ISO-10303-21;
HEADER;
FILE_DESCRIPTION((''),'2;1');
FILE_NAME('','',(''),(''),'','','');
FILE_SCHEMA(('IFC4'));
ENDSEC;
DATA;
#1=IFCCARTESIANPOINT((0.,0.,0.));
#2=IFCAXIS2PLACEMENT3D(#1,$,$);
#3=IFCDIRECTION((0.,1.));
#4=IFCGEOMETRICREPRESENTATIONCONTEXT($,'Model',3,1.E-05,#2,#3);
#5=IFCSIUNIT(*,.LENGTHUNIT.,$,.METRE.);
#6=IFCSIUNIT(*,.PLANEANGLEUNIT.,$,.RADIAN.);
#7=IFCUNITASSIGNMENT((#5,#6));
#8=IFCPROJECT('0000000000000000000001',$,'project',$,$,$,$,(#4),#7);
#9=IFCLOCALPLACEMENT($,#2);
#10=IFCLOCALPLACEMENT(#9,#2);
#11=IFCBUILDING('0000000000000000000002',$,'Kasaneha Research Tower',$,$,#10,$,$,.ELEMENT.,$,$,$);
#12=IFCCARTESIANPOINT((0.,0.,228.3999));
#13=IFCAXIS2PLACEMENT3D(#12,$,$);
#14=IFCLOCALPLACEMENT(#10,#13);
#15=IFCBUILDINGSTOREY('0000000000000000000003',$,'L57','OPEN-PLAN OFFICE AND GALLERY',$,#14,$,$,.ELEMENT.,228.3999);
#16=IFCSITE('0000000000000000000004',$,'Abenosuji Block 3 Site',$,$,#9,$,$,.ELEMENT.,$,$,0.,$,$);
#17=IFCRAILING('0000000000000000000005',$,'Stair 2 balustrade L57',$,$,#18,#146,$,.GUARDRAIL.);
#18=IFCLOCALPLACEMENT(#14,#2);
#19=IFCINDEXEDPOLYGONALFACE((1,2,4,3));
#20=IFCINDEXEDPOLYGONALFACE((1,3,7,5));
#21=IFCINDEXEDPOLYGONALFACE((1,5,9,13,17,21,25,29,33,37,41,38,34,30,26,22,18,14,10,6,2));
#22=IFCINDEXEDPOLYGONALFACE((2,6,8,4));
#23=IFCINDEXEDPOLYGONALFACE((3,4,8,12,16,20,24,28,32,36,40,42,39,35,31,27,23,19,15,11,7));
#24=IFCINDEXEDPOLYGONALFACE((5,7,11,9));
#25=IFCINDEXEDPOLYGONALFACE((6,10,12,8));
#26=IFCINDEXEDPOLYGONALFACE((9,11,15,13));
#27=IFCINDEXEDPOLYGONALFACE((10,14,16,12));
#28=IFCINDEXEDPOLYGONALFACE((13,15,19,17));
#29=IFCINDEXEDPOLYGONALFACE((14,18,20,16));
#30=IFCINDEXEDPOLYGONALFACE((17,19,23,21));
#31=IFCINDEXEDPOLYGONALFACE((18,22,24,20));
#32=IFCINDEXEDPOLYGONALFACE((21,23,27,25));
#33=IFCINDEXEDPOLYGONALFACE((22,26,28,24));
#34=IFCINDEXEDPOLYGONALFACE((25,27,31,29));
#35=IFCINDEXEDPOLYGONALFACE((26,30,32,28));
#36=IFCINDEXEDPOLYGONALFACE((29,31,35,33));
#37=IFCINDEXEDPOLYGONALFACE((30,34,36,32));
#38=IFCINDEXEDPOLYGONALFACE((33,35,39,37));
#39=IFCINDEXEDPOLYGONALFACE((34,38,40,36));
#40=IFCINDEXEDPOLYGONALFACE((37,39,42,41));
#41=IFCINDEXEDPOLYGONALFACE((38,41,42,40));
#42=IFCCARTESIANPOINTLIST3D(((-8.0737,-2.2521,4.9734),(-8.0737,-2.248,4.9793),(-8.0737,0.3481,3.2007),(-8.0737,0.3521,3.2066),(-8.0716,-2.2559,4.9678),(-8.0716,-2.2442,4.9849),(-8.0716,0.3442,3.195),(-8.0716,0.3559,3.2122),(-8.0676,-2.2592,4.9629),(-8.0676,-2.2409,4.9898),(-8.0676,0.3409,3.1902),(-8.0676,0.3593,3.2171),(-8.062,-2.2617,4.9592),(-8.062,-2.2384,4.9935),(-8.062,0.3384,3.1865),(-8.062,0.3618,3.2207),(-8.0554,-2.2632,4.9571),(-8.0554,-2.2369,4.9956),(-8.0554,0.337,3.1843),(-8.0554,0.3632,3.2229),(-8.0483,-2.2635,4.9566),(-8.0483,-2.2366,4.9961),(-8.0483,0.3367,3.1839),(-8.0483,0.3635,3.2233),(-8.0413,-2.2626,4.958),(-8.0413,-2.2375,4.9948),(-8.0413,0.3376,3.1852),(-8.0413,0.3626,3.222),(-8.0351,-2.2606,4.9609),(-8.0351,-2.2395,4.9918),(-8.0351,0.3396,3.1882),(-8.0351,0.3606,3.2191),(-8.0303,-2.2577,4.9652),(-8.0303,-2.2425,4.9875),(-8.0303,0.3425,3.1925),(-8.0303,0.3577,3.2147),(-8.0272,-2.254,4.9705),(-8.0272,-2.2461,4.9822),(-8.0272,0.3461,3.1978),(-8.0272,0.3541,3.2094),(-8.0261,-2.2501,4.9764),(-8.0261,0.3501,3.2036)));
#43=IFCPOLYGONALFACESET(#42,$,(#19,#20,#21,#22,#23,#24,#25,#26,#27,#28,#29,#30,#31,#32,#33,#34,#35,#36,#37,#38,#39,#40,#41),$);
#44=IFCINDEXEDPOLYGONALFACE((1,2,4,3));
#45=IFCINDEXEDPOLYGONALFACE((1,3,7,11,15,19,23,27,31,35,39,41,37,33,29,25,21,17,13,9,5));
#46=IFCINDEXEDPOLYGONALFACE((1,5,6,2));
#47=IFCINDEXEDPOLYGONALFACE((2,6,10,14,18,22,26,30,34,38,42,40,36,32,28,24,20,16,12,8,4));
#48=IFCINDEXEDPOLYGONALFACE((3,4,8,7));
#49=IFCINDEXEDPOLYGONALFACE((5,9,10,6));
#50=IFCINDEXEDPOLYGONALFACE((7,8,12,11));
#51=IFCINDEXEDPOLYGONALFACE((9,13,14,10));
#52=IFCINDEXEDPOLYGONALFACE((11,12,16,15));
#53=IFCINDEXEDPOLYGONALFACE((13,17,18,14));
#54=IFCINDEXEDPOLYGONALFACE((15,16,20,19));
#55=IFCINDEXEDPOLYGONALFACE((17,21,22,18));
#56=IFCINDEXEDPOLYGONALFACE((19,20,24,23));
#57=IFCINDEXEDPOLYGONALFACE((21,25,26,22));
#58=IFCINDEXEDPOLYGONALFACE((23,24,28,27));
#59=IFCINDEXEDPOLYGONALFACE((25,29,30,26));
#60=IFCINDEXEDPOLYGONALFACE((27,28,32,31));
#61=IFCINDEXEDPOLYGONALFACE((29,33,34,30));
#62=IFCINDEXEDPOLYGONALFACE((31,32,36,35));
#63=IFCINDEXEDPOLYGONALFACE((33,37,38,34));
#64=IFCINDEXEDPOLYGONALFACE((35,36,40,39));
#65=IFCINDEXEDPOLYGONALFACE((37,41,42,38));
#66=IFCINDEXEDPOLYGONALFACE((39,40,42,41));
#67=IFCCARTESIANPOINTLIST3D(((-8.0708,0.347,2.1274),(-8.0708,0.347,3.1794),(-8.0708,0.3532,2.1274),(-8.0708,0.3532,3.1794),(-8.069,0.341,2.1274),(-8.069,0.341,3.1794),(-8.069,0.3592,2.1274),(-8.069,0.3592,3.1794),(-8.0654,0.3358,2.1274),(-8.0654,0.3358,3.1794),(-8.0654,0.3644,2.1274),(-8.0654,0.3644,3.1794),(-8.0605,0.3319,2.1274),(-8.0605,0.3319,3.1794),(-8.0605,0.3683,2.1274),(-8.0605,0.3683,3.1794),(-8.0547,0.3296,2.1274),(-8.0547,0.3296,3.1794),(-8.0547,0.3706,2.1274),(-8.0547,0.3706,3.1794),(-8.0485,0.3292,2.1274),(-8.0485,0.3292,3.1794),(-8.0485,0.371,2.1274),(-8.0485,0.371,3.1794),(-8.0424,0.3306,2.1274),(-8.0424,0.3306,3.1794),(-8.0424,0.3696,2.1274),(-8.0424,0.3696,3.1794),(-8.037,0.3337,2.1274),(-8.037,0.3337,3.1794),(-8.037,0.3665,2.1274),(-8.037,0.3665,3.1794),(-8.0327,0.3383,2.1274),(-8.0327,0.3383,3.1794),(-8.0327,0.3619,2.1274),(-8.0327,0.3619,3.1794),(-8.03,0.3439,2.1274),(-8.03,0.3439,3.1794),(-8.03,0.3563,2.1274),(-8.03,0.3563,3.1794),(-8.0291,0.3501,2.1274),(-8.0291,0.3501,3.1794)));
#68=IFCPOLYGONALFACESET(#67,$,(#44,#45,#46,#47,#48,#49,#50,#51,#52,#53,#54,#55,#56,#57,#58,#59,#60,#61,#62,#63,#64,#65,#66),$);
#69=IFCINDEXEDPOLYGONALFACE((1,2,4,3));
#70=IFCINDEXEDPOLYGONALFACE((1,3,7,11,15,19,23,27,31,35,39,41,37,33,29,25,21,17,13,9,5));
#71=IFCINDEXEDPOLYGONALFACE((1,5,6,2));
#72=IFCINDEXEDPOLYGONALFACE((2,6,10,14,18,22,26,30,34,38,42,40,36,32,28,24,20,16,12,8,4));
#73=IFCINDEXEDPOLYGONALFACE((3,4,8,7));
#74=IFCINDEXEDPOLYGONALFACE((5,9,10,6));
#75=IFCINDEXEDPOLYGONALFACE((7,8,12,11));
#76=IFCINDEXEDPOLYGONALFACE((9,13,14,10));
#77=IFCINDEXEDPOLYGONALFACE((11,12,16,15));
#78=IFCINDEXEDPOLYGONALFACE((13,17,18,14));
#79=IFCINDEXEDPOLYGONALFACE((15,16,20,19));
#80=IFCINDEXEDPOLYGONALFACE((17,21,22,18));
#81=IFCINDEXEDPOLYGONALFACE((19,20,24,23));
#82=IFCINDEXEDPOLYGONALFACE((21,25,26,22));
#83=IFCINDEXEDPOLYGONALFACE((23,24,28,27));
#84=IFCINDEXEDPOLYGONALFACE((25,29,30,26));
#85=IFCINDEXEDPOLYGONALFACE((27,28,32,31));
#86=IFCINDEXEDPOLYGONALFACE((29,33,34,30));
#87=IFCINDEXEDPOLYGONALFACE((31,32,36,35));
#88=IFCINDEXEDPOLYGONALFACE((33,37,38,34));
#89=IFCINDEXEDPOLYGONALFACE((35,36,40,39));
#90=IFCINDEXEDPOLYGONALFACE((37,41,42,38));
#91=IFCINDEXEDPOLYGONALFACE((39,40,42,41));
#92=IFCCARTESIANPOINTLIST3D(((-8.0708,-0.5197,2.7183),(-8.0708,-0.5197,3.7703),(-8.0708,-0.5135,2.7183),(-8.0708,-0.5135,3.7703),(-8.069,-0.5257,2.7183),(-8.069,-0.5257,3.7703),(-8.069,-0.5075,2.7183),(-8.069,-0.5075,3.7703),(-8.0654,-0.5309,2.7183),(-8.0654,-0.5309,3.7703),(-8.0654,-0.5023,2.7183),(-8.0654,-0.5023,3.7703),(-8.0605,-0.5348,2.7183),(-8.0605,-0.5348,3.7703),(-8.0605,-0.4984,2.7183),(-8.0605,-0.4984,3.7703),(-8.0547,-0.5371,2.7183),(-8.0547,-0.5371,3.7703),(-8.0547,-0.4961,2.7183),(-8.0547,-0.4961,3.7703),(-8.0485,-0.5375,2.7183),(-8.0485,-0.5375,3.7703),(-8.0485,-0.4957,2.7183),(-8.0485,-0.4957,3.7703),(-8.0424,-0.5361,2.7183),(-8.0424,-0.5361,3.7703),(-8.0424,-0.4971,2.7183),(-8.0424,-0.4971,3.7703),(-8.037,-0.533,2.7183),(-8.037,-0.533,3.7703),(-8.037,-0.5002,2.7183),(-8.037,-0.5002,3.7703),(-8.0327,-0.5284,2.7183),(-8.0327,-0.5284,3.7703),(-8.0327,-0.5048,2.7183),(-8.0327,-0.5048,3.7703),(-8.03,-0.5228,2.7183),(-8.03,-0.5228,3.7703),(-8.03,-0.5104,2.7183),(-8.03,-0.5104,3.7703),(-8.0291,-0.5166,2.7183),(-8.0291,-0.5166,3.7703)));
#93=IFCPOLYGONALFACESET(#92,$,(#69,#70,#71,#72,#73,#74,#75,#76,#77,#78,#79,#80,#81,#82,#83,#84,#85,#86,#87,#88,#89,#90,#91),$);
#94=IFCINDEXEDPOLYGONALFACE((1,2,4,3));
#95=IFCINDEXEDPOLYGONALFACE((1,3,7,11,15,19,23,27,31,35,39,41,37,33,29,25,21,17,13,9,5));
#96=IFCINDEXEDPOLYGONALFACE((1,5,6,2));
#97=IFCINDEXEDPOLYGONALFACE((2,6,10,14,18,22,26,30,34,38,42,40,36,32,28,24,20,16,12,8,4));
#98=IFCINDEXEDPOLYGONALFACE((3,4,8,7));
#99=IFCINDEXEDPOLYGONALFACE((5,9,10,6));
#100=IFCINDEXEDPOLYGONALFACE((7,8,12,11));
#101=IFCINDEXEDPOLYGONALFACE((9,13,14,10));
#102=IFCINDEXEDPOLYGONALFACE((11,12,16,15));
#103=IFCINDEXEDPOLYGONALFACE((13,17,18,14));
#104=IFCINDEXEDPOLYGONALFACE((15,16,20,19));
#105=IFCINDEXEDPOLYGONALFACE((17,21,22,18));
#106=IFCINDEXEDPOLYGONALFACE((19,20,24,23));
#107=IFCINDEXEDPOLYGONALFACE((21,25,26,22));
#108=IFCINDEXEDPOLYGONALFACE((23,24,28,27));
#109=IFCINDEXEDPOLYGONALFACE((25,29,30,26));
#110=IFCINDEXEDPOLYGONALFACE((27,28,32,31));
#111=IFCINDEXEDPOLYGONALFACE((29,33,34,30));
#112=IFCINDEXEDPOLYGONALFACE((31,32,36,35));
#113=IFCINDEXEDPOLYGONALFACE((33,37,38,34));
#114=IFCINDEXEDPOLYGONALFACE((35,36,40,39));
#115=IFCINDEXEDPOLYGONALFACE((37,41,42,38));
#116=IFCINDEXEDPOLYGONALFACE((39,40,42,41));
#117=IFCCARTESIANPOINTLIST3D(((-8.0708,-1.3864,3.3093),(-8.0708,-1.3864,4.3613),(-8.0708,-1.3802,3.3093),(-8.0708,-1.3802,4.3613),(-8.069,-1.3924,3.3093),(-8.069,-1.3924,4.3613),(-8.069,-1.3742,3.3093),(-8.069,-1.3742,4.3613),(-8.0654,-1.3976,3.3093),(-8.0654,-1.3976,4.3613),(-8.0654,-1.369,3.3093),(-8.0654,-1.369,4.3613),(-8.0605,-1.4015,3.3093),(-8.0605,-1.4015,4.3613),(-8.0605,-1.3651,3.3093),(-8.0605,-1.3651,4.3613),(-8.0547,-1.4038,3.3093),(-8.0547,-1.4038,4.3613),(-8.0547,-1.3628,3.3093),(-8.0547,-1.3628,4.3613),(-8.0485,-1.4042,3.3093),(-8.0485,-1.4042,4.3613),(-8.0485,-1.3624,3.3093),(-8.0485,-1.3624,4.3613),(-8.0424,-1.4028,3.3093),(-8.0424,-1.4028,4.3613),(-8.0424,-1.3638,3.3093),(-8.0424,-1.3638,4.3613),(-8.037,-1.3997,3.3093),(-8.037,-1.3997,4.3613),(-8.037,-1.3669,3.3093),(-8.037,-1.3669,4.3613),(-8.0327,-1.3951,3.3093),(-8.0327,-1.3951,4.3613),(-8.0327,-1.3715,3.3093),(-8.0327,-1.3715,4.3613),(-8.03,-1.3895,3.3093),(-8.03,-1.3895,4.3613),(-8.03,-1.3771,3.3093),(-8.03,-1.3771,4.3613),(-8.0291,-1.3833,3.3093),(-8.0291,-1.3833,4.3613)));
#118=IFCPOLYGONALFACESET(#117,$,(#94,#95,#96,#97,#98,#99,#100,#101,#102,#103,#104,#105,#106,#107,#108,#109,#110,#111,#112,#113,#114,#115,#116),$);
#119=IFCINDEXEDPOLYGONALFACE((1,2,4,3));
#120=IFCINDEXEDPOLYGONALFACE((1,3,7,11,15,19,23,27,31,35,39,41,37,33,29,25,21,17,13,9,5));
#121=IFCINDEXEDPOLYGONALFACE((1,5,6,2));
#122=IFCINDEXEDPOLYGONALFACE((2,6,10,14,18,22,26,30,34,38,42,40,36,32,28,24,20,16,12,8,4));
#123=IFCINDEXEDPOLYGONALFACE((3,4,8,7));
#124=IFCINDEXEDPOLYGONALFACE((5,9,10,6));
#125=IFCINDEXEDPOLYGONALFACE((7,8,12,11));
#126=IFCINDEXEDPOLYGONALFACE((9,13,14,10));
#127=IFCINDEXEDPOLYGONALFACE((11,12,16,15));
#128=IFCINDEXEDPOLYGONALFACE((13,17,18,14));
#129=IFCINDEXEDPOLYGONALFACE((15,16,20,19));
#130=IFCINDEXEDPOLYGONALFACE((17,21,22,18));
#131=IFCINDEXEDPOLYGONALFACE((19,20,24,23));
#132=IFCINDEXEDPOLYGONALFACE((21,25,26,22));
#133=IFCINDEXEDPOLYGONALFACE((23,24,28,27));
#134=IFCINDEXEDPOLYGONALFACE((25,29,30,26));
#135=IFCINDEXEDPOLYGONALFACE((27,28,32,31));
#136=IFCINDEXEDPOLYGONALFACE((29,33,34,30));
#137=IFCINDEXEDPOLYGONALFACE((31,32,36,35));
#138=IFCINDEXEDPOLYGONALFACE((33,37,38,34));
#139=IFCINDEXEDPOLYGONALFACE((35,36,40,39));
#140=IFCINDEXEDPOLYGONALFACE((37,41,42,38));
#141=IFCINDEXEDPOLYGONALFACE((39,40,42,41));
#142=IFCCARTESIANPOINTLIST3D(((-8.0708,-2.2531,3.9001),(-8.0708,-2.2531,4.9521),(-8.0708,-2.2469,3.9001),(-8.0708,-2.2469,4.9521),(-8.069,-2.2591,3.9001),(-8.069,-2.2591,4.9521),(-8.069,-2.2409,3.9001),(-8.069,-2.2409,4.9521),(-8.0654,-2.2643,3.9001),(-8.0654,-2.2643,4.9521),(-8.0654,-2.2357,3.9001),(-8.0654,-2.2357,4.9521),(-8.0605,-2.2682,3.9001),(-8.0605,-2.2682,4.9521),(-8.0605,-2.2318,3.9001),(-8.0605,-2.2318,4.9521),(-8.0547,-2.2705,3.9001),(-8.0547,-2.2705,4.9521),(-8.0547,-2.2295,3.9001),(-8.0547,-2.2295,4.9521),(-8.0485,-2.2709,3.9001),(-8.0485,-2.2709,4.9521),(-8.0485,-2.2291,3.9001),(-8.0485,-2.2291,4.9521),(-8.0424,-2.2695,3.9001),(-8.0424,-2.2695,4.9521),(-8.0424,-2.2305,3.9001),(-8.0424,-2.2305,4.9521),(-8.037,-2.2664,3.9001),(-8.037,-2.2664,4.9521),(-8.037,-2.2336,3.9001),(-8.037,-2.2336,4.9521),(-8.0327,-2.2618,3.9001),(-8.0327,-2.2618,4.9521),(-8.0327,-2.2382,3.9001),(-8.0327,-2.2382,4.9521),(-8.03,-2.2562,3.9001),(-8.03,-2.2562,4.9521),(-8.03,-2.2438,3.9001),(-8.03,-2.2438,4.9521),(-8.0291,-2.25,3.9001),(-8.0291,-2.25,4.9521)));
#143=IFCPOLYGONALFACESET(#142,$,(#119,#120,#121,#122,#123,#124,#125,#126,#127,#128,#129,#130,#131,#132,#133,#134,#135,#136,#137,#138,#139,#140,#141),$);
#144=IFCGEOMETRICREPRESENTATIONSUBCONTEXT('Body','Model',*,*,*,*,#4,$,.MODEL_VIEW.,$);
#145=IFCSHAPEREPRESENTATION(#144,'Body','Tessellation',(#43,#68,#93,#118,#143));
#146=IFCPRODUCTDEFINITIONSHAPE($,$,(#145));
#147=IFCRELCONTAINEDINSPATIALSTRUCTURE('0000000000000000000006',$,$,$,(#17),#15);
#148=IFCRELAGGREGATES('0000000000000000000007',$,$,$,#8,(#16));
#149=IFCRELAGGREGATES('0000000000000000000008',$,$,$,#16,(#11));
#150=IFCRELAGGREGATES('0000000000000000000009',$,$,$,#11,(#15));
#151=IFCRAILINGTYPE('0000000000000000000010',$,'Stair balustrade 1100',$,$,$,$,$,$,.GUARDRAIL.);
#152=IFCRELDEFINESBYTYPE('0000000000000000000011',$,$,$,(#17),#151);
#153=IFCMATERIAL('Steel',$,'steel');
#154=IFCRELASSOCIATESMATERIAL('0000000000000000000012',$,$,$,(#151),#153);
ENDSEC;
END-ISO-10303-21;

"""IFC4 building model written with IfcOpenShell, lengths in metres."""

from ifc_helpers import new_model, si_unit, direction, frame, origin, origin_2d, place, context, subcontext, project, spatial, circle, extrude, material, type_object, element, save


model = new_model("IFC4")

# Units and contexts
model_context = context("Model", 3, precision=1e-05, world=origin(), true_north=direction((0.0, 1.0)))
body_context = subcontext(model_context, "Body", "Model", "MODEL_VIEW")
ifc_project = project(units=[si_unit("LENGTHUNIT", "METRE"), si_unit("PLANEANGLEUNIT", "RADIAN")], contexts=[model_context])

# Site, building, storey
site_placement = place(None, origin())
site = spatial("IfcSite", under=ifc_project, at=site_placement, Name="Abenosuji Block 3 Site", CompositionType="ELEMENT", RefElevation=0.0)
building_placement = place(site_placement, origin())
building = spatial("IfcBuilding", under=site, at=building_placement, Name="Kasaneha Research Tower", CompositionType="ELEMENT")
storey_placement = place(building_placement, frame((0.0, 0.0, 228.3999)))
storey = spatial("IfcBuildingStorey", under=building, at=storey_placement, Name="L57", Description="OPEN-PLAN OFFICE AND GALLERY", CompositionType="ELEMENT", Elevation=228.3999)

# Railing
ifc_material_1 = material(Name="Steel", Category="steel")
railing_type_1 = type_object("IfcRailingType", Name="Stair balustrade 1100", PredefinedType="GUARDRAIL", material=ifc_material_1)
railing_1_placement = place(storey_placement, frame((-8.05, 0.3501, 2.1274)))
element("IfcRailing", 1, at=railing_1_placement, inside=storey, type_object=railing_type_1, Name="Stair 2 balustrade L57", PredefinedType="GUARDRAIL", context=body_context, shape_type="SweptSolid", body=[
    extrude(circle(Radius=0.0239, at=origin_2d()), frame((0.0, 0.0, 1.0762), z_axis=(0.0, -0.82624, 0.563318), x_axis=(1.0, 0.0, 0.0)), (0.0, 0.0, 1.0), 3.147),
    extrude(circle(Radius=0.021, at=origin_2d()), origin(), (0.0, 0.0, 1.0), 1.052),
    extrude(circle(Radius=0.021, at=origin_2d()), frame((0.0, -0.8667, 0.5908)), (0.0, 0.0, 1.0), 1.052),
    extrude(circle(Radius=0.021, at=origin_2d()), frame((0.0, -1.7334, 1.1819)), (0.0, 0.0, 1.0), 1.052),
    extrude(circle(Radius=0.021, at=origin_2d()), frame((0.0, -2.6001, 1.7727)), (0.0, 0.0, 1.0), 1.052),
])

save(model, "model.ifc")
